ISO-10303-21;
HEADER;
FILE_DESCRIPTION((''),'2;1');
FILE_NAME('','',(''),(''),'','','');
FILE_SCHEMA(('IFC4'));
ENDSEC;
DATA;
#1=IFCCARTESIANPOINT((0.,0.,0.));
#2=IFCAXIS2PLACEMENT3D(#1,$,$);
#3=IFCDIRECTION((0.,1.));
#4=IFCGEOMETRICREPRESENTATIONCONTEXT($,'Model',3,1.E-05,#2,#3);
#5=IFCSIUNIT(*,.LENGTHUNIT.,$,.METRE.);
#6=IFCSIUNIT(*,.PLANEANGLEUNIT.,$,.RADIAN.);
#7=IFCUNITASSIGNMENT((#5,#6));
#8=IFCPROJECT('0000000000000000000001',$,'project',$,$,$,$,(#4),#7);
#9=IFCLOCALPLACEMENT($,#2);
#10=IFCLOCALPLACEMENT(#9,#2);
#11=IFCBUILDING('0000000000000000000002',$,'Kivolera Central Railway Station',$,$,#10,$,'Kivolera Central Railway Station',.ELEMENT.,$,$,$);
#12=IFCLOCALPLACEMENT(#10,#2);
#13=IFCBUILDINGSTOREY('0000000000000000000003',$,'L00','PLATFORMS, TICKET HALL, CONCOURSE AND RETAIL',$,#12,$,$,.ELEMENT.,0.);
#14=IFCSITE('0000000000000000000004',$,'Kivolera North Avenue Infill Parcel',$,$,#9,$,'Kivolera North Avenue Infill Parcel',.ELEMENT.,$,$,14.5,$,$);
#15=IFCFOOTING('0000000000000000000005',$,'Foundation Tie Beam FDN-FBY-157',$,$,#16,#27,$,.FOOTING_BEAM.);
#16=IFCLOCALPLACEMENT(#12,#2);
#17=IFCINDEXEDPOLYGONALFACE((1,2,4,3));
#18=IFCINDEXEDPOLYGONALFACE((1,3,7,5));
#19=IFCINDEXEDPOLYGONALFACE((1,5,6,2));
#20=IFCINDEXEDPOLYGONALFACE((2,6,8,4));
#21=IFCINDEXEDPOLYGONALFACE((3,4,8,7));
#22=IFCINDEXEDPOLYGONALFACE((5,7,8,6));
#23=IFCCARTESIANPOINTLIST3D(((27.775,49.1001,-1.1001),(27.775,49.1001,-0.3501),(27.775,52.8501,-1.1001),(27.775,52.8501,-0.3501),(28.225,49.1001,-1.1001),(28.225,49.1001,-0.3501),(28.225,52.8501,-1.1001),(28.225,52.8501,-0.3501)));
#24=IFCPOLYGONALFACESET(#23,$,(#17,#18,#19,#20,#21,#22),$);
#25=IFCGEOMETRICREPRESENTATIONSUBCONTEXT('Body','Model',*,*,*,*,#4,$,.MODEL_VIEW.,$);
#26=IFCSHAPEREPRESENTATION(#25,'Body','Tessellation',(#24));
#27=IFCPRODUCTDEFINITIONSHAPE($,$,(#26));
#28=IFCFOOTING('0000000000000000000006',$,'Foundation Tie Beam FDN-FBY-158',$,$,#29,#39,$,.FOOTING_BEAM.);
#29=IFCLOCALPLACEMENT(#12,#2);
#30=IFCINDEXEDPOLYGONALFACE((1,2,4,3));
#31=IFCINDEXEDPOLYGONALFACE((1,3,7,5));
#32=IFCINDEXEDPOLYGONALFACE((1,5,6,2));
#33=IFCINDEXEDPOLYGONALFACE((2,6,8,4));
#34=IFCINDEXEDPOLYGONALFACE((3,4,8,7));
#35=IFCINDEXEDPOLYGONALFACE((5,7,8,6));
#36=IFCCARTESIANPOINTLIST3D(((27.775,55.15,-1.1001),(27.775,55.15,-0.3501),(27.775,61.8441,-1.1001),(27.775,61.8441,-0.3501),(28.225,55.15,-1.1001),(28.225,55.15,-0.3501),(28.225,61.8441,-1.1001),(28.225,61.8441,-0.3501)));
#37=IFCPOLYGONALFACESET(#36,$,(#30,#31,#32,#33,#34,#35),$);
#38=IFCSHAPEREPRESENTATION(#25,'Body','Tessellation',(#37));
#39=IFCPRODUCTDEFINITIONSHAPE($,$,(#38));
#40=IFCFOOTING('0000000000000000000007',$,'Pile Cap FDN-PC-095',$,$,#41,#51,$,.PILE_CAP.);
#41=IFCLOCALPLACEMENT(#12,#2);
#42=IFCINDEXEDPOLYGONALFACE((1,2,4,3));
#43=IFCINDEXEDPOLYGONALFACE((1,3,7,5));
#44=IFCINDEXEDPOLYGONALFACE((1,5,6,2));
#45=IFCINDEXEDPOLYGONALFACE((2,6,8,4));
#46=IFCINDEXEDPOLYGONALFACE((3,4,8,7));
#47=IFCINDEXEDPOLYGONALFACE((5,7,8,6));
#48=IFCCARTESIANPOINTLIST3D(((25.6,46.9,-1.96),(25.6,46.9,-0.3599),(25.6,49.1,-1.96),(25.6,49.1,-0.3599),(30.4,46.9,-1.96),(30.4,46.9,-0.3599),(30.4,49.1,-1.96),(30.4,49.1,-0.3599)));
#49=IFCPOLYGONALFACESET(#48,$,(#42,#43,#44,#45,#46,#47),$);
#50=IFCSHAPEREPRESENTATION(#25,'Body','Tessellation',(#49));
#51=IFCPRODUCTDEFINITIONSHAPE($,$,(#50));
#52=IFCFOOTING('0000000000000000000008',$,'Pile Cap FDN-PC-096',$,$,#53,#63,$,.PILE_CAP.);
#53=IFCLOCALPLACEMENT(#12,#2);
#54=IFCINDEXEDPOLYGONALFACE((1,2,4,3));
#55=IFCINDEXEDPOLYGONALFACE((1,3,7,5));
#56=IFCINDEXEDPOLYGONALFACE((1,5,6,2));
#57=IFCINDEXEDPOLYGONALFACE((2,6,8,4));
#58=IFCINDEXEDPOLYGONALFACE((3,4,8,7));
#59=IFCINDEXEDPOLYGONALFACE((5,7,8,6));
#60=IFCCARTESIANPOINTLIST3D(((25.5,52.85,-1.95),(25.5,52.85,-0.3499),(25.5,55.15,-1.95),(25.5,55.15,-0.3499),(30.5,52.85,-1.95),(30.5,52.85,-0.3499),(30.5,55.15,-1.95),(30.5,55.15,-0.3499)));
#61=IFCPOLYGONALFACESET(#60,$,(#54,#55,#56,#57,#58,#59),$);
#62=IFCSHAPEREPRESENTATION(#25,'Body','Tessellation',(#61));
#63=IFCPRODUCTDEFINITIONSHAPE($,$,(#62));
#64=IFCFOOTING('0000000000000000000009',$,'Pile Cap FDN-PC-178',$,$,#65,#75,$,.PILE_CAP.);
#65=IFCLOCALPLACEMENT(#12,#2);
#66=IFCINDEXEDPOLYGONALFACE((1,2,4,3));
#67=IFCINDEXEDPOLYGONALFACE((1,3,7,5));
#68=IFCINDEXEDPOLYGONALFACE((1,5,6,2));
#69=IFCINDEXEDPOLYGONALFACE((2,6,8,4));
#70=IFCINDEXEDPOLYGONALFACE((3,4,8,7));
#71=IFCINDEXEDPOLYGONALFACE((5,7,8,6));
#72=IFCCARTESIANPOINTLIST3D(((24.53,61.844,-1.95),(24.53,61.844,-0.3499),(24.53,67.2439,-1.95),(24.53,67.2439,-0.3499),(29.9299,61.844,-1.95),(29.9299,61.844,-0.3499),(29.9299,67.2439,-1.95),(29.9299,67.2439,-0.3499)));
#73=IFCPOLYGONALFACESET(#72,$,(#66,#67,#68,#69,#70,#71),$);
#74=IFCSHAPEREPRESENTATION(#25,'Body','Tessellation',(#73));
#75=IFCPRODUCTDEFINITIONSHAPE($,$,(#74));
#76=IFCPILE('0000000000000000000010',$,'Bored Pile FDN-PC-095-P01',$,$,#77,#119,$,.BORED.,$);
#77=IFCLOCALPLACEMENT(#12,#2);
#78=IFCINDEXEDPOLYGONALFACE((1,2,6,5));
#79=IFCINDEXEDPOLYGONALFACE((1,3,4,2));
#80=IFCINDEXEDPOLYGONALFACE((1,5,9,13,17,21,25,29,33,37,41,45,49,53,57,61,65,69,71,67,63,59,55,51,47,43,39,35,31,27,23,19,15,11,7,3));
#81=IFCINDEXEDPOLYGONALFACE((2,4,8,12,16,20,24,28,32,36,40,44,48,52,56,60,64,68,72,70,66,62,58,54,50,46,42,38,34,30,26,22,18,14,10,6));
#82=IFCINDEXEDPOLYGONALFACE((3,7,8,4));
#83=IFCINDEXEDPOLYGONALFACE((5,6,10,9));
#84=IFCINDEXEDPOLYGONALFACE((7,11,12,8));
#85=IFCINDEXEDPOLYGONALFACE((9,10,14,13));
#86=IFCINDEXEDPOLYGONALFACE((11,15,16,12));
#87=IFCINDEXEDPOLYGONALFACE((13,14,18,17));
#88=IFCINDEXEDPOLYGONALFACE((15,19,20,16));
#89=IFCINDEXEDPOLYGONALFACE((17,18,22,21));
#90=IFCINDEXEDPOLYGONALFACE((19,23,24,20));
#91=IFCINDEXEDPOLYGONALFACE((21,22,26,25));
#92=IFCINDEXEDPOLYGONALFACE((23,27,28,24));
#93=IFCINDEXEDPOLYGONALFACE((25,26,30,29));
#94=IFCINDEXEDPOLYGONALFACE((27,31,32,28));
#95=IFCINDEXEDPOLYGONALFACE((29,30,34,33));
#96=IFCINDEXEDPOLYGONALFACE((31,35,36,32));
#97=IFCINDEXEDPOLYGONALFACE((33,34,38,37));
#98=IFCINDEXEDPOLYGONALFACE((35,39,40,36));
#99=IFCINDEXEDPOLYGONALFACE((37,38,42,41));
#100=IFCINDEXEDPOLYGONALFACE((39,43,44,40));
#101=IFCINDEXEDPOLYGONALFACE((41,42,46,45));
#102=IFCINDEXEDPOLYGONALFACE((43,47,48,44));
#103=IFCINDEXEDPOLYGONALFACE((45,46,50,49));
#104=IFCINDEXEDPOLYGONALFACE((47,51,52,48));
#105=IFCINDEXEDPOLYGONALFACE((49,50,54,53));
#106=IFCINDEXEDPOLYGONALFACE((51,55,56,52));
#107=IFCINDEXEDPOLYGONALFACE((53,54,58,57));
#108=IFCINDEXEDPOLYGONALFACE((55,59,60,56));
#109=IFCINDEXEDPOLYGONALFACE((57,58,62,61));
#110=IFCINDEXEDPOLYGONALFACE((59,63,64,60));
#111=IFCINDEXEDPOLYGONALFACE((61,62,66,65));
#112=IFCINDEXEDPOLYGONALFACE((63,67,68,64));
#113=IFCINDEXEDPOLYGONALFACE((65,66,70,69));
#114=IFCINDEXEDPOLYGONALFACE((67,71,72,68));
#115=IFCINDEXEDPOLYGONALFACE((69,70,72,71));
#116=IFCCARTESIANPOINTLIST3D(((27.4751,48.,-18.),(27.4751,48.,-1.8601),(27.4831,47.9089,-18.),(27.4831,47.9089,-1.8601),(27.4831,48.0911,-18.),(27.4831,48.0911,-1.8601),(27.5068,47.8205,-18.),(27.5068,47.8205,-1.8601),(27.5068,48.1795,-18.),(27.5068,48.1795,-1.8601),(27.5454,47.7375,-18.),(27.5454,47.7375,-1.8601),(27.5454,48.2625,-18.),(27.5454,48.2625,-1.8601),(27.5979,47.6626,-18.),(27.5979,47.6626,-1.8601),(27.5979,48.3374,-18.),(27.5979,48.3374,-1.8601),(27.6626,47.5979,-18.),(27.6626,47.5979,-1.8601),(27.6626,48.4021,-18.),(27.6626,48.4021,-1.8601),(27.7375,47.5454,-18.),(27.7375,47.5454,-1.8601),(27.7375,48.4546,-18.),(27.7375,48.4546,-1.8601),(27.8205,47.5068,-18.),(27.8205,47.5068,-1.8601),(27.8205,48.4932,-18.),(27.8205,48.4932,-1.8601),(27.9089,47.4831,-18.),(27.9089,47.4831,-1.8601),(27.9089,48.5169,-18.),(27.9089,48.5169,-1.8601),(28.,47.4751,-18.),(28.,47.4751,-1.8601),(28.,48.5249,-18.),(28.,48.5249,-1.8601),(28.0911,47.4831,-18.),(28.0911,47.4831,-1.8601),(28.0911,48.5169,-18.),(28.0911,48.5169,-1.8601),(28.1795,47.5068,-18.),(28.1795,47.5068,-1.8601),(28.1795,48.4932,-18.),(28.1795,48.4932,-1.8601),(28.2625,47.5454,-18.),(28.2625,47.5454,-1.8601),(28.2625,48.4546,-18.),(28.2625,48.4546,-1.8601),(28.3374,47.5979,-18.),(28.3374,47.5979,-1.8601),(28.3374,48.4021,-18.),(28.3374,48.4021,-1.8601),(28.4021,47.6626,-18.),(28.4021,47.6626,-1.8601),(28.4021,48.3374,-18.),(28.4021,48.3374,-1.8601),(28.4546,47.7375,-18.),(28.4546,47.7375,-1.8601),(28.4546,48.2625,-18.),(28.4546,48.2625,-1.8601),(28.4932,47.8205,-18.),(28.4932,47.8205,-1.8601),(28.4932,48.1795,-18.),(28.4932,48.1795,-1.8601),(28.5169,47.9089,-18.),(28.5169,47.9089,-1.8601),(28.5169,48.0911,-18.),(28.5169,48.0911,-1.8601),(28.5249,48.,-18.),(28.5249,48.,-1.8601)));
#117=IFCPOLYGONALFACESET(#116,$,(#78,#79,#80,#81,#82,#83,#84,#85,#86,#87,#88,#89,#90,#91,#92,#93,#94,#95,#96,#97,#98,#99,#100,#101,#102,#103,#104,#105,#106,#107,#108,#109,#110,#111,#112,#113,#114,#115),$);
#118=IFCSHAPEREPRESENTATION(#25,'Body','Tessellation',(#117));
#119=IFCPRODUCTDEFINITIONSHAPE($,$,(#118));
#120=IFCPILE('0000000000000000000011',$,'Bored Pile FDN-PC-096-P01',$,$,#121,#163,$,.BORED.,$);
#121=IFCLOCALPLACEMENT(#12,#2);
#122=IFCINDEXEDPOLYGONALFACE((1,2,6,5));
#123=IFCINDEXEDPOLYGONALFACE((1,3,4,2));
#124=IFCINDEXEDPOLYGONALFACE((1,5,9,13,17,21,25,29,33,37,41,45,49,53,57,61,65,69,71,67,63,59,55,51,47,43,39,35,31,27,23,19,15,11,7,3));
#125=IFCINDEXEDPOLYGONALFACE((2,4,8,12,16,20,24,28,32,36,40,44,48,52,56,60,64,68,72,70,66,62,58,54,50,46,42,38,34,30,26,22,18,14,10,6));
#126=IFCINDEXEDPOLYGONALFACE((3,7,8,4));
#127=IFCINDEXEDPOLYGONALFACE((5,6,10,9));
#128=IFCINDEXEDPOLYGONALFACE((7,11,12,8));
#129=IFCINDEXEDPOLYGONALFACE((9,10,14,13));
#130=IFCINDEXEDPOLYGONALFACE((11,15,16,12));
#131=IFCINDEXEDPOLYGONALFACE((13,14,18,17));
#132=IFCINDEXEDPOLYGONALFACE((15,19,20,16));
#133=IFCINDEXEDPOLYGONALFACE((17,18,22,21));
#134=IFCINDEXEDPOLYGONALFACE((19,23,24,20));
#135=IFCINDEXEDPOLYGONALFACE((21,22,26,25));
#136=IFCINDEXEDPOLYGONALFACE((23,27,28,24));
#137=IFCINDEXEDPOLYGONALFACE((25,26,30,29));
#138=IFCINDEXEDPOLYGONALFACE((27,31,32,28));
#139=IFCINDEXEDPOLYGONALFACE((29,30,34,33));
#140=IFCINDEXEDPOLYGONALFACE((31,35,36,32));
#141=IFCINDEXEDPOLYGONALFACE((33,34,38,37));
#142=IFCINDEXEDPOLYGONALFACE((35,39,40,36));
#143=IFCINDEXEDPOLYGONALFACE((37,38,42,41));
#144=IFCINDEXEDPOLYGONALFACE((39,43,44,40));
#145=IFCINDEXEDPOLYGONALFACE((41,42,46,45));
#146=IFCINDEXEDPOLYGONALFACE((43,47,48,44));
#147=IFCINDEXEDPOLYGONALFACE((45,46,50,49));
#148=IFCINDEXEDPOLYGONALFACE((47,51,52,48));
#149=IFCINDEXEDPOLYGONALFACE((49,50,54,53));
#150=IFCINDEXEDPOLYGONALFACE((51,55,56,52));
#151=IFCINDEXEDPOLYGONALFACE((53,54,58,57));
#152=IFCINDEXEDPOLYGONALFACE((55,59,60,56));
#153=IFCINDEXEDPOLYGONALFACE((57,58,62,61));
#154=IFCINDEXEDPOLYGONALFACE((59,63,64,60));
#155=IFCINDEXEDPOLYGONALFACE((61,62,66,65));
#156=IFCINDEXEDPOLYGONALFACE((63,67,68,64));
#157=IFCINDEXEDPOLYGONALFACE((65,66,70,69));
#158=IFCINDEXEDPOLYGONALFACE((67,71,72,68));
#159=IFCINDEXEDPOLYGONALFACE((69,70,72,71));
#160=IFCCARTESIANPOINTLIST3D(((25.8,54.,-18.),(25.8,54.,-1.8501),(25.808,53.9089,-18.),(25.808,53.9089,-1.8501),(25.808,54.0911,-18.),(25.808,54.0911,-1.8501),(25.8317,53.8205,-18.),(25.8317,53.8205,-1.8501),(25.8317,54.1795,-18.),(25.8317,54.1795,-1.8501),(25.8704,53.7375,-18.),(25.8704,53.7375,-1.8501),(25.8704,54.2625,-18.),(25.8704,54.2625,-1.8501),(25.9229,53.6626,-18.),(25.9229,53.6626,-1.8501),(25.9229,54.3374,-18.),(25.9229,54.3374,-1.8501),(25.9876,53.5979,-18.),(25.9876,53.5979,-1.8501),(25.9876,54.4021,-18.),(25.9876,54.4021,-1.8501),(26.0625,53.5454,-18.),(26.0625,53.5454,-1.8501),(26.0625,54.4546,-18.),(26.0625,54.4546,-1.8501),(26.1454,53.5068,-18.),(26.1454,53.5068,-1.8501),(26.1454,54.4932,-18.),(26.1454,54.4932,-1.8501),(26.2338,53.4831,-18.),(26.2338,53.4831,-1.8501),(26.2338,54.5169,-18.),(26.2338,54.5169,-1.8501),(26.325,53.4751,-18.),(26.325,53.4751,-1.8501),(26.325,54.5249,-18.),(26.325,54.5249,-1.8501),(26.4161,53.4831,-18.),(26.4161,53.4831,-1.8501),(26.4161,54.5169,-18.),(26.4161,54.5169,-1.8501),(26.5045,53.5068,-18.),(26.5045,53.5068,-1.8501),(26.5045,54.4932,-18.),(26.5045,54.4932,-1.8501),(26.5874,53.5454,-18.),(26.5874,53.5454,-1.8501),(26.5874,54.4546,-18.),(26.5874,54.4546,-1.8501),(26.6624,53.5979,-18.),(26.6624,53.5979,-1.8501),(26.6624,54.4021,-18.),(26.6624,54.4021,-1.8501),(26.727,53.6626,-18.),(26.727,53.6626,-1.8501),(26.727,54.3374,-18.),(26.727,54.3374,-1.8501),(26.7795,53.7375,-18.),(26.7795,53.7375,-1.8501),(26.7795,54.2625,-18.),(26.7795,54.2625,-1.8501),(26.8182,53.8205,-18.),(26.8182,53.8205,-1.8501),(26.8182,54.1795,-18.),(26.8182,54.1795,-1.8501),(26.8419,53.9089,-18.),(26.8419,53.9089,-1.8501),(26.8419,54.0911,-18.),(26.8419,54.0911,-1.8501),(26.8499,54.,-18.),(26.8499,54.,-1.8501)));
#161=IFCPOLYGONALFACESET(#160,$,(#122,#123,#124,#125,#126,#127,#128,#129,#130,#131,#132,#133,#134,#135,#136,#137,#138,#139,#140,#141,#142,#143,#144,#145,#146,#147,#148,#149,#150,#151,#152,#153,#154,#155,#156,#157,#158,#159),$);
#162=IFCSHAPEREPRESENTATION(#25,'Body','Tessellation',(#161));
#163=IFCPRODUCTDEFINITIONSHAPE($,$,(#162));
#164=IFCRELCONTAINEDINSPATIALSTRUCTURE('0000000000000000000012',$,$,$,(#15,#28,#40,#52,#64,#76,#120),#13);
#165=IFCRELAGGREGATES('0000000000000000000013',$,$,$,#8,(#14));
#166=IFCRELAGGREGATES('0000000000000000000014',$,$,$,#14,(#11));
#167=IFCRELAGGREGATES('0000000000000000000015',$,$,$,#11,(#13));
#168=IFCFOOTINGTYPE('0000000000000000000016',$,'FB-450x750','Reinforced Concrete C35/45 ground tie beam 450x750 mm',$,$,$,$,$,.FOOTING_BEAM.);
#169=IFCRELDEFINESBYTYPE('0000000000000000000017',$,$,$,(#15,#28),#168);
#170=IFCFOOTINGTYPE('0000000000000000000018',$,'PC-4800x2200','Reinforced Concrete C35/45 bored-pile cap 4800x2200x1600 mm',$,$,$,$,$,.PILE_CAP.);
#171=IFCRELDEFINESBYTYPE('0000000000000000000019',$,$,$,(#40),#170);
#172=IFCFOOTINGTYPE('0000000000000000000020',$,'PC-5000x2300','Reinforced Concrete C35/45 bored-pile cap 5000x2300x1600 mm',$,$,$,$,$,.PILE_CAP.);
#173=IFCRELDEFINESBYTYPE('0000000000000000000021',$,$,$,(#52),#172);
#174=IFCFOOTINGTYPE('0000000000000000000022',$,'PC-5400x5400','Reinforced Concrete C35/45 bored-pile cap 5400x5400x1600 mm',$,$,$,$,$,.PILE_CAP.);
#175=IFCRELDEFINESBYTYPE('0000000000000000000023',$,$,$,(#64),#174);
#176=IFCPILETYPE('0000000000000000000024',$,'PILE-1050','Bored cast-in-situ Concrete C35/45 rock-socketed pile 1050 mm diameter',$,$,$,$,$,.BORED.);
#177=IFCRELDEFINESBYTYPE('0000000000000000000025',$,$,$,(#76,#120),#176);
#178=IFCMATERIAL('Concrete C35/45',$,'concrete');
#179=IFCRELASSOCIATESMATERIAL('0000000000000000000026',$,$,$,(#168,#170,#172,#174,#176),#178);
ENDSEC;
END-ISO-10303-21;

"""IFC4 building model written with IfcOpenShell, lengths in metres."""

from ifc_helpers import new_model, si_unit, direction, frame, origin, origin_2d, place, context, subcontext, project, spatial, rectangle, circle, extrude, material, material_profile, profile_set, type_object, element, save


model = new_model("IFC4")

# Units and contexts
model_context = context("Model", 3, precision=1e-05, world=origin(), true_north=direction((0.0, 1.0)))
body_context = subcontext(model_context, "Body", "Model", "MODEL_VIEW")
ifc_project = project(units=[si_unit("LENGTHUNIT", "METRE"), si_unit("PLANEANGLEUNIT", "RADIAN")], contexts=[model_context])

# Site, building, storey
site_placement = place(None, origin())
site = spatial("IfcSite", under=ifc_project, at=site_placement, Name="Kivolera North Avenue Infill Parcel", LongName="Kivolera North Avenue Infill Parcel", CompositionType="ELEMENT", RefElevation=14.5)
building_placement = place(site_placement, origin())
building = spatial("IfcBuilding", under=site, at=building_placement, Name="Kivolera Central Railway Station", LongName="Kivolera Central Railway Station", CompositionType="ELEMENT")
storey_placement = place(building_placement, origin())
storey = spatial("IfcBuildingStorey", under=building, at=storey_placement, Name="L00", Description="PLATFORMS, TICKET HALL, CONCOURSE AND RETAIL", CompositionType="ELEMENT", Elevation=0.0)

# Footings
ifc_material_1 = material(Name="Concrete C35/45", Category="concrete")
footing_type_1 = type_object("IfcFootingType", Name="FB-450x750", Description="Reinforced Concrete C35/45 ground tie beam 450x750 mm", PredefinedType="FOOTING_BEAM", material=ifc_material_1)
footing_1_placement = place(storey_placement, frame((28.0, 50.9751, -1.1001), z_axis=(0.0, 0.0, 1.0), x_axis=(1.0, 0.0, 0.0)))
element("IfcFooting", 1, at=footing_1_placement, inside=storey, type_object=footing_type_1, Name="Foundation Tie Beam FDN-FBY-157", PredefinedType="FOOTING_BEAM", context=body_context, shape_type="SweptSolid", body=[
    extrude(rectangle(XDim=0.45, YDim=3.75, at=origin_2d()), origin(), (0.0, 0.0, 1.0), 0.75),
])
footing_2_placement = place(storey_placement, frame((28.0, 58.4971, -1.1001), z_axis=(0.0, 0.0, 1.0), x_axis=(1.0, 0.0, 0.0)))
element("IfcFooting", 2, at=footing_2_placement, inside=storey, type_object=footing_type_1, Name="Foundation Tie Beam FDN-FBY-158", PredefinedType="FOOTING_BEAM", context=body_context, shape_type="SweptSolid", body=[
    extrude(rectangle(XDim=0.45, YDim=6.6941, at=origin_2d()), origin(), (0.0, 0.0, 1.0), 0.75),
])
footing_type_2 = type_object("IfcFootingType", Name="PC-4800x2200", Description="Reinforced Concrete C35/45 bored-pile cap 4800x2200x1600 mm", PredefinedType="PILE_CAP", material=ifc_material_1)
footing_3_placement = place(storey_placement, frame((28.0, 48.0, -1.96), z_axis=(0.0, 0.0, 1.0), x_axis=(1.0, 0.0, 0.0)))
element("IfcFooting", 3, at=footing_3_placement, inside=storey, type_object=footing_type_2, Name="Pile Cap FDN-PC-095", PredefinedType="PILE_CAP", context=body_context, shape_type="SweptSolid", body=[
    extrude(rectangle(XDim=4.8, YDim=2.2, at=origin_2d()), origin(), (0.0, 0.0, 1.0), 1.6001),
])
footing_type_3 = type_object("IfcFootingType", Name="PC-5000x2300", Description="Reinforced Concrete C35/45 bored-pile cap 5000x2300x1600 mm", PredefinedType="PILE_CAP", material=ifc_material_1)
footing_4_placement = place(storey_placement, frame((28.0, 54.0, -1.95), z_axis=(0.0, 0.0, 1.0), x_axis=(1.0, 0.0, 0.0)))
element("IfcFooting", 4, at=footing_4_placement, inside=storey, type_object=footing_type_3, Name="Pile Cap FDN-PC-096", PredefinedType="PILE_CAP", context=body_context, shape_type="SweptSolid", body=[
    extrude(rectangle(XDim=5.0, YDim=2.3, at=origin_2d()), origin(), (0.0, 0.0, 1.0), 1.6001),
])
footing_type_4 = type_object("IfcFootingType", Name="PC-5400x5400", Description="Reinforced Concrete C35/45 bored-pile cap 5400x5400x1600 mm", PredefinedType="PILE_CAP", material=ifc_material_1)
footing_5_placement = place(storey_placement, frame((27.23, 64.5439, -1.95), z_axis=(0.0, 0.0, 1.0), x_axis=(1.0, 0.0, 0.0)))
element("IfcFooting", 5, at=footing_5_placement, inside=storey, type_object=footing_type_4, Name="Pile Cap FDN-PC-178", PredefinedType="PILE_CAP", context=body_context, shape_type="SweptSolid", body=[
    extrude(rectangle(XDim=5.3999, YDim=5.3999, at=origin_2d()), origin(), (0.0, 0.0, 1.0), 1.6001),
])

# Piles
ifc_material_profile_1 = material_profile(ifc_material_1, circle(Radius=0.5249, at=origin_2d()), Name="PILE D1050")
ifc_profile_set_1 = profile_set([ifc_material_profile_1], Name="Concrete C35/45")
pile_type = type_object("IfcPileType", Name="PILE-1050", Description="Bored cast-in-situ Concrete C35/45 rock-socketed pile 1050 mm diameter", PredefinedType="BORED", material=ifc_profile_set_1)
pile_1_placement = place(storey_placement, frame((28.0, 48.0, -1.8601), z_axis=(0.0, 0.0, -1.0), x_axis=(1.0, 0.0, 0.0)))
element("IfcPile", 6, at=pile_1_placement, inside=storey, type_object=pile_type, Name="Bored Pile FDN-PC-095-P01", PredefinedType="BORED", context=body_context, shape_type="SweptSolid", body=[
    extrude(circle(Radius=0.5249, at=origin_2d()), origin(), (0.0, 0.0, 1.0), 16.1399),
])
pile_2_placement = place(storey_placement, frame((26.325, 54.0, -1.8501), z_axis=(0.0, 0.0, -1.0), x_axis=(1.0, 0.0, 0.0)))
element("IfcPile", 7, at=pile_2_placement, inside=storey, type_object=pile_type, Name="Bored Pile FDN-PC-096-P01", PredefinedType="BORED", context=body_context, shape_type="SweptSolid", body=[
    extrude(circle(Radius=0.5249, at=origin_2d()), origin(), (0.0, 0.0, 1.0), 16.1499),
])

save(model, "model.ifc")
